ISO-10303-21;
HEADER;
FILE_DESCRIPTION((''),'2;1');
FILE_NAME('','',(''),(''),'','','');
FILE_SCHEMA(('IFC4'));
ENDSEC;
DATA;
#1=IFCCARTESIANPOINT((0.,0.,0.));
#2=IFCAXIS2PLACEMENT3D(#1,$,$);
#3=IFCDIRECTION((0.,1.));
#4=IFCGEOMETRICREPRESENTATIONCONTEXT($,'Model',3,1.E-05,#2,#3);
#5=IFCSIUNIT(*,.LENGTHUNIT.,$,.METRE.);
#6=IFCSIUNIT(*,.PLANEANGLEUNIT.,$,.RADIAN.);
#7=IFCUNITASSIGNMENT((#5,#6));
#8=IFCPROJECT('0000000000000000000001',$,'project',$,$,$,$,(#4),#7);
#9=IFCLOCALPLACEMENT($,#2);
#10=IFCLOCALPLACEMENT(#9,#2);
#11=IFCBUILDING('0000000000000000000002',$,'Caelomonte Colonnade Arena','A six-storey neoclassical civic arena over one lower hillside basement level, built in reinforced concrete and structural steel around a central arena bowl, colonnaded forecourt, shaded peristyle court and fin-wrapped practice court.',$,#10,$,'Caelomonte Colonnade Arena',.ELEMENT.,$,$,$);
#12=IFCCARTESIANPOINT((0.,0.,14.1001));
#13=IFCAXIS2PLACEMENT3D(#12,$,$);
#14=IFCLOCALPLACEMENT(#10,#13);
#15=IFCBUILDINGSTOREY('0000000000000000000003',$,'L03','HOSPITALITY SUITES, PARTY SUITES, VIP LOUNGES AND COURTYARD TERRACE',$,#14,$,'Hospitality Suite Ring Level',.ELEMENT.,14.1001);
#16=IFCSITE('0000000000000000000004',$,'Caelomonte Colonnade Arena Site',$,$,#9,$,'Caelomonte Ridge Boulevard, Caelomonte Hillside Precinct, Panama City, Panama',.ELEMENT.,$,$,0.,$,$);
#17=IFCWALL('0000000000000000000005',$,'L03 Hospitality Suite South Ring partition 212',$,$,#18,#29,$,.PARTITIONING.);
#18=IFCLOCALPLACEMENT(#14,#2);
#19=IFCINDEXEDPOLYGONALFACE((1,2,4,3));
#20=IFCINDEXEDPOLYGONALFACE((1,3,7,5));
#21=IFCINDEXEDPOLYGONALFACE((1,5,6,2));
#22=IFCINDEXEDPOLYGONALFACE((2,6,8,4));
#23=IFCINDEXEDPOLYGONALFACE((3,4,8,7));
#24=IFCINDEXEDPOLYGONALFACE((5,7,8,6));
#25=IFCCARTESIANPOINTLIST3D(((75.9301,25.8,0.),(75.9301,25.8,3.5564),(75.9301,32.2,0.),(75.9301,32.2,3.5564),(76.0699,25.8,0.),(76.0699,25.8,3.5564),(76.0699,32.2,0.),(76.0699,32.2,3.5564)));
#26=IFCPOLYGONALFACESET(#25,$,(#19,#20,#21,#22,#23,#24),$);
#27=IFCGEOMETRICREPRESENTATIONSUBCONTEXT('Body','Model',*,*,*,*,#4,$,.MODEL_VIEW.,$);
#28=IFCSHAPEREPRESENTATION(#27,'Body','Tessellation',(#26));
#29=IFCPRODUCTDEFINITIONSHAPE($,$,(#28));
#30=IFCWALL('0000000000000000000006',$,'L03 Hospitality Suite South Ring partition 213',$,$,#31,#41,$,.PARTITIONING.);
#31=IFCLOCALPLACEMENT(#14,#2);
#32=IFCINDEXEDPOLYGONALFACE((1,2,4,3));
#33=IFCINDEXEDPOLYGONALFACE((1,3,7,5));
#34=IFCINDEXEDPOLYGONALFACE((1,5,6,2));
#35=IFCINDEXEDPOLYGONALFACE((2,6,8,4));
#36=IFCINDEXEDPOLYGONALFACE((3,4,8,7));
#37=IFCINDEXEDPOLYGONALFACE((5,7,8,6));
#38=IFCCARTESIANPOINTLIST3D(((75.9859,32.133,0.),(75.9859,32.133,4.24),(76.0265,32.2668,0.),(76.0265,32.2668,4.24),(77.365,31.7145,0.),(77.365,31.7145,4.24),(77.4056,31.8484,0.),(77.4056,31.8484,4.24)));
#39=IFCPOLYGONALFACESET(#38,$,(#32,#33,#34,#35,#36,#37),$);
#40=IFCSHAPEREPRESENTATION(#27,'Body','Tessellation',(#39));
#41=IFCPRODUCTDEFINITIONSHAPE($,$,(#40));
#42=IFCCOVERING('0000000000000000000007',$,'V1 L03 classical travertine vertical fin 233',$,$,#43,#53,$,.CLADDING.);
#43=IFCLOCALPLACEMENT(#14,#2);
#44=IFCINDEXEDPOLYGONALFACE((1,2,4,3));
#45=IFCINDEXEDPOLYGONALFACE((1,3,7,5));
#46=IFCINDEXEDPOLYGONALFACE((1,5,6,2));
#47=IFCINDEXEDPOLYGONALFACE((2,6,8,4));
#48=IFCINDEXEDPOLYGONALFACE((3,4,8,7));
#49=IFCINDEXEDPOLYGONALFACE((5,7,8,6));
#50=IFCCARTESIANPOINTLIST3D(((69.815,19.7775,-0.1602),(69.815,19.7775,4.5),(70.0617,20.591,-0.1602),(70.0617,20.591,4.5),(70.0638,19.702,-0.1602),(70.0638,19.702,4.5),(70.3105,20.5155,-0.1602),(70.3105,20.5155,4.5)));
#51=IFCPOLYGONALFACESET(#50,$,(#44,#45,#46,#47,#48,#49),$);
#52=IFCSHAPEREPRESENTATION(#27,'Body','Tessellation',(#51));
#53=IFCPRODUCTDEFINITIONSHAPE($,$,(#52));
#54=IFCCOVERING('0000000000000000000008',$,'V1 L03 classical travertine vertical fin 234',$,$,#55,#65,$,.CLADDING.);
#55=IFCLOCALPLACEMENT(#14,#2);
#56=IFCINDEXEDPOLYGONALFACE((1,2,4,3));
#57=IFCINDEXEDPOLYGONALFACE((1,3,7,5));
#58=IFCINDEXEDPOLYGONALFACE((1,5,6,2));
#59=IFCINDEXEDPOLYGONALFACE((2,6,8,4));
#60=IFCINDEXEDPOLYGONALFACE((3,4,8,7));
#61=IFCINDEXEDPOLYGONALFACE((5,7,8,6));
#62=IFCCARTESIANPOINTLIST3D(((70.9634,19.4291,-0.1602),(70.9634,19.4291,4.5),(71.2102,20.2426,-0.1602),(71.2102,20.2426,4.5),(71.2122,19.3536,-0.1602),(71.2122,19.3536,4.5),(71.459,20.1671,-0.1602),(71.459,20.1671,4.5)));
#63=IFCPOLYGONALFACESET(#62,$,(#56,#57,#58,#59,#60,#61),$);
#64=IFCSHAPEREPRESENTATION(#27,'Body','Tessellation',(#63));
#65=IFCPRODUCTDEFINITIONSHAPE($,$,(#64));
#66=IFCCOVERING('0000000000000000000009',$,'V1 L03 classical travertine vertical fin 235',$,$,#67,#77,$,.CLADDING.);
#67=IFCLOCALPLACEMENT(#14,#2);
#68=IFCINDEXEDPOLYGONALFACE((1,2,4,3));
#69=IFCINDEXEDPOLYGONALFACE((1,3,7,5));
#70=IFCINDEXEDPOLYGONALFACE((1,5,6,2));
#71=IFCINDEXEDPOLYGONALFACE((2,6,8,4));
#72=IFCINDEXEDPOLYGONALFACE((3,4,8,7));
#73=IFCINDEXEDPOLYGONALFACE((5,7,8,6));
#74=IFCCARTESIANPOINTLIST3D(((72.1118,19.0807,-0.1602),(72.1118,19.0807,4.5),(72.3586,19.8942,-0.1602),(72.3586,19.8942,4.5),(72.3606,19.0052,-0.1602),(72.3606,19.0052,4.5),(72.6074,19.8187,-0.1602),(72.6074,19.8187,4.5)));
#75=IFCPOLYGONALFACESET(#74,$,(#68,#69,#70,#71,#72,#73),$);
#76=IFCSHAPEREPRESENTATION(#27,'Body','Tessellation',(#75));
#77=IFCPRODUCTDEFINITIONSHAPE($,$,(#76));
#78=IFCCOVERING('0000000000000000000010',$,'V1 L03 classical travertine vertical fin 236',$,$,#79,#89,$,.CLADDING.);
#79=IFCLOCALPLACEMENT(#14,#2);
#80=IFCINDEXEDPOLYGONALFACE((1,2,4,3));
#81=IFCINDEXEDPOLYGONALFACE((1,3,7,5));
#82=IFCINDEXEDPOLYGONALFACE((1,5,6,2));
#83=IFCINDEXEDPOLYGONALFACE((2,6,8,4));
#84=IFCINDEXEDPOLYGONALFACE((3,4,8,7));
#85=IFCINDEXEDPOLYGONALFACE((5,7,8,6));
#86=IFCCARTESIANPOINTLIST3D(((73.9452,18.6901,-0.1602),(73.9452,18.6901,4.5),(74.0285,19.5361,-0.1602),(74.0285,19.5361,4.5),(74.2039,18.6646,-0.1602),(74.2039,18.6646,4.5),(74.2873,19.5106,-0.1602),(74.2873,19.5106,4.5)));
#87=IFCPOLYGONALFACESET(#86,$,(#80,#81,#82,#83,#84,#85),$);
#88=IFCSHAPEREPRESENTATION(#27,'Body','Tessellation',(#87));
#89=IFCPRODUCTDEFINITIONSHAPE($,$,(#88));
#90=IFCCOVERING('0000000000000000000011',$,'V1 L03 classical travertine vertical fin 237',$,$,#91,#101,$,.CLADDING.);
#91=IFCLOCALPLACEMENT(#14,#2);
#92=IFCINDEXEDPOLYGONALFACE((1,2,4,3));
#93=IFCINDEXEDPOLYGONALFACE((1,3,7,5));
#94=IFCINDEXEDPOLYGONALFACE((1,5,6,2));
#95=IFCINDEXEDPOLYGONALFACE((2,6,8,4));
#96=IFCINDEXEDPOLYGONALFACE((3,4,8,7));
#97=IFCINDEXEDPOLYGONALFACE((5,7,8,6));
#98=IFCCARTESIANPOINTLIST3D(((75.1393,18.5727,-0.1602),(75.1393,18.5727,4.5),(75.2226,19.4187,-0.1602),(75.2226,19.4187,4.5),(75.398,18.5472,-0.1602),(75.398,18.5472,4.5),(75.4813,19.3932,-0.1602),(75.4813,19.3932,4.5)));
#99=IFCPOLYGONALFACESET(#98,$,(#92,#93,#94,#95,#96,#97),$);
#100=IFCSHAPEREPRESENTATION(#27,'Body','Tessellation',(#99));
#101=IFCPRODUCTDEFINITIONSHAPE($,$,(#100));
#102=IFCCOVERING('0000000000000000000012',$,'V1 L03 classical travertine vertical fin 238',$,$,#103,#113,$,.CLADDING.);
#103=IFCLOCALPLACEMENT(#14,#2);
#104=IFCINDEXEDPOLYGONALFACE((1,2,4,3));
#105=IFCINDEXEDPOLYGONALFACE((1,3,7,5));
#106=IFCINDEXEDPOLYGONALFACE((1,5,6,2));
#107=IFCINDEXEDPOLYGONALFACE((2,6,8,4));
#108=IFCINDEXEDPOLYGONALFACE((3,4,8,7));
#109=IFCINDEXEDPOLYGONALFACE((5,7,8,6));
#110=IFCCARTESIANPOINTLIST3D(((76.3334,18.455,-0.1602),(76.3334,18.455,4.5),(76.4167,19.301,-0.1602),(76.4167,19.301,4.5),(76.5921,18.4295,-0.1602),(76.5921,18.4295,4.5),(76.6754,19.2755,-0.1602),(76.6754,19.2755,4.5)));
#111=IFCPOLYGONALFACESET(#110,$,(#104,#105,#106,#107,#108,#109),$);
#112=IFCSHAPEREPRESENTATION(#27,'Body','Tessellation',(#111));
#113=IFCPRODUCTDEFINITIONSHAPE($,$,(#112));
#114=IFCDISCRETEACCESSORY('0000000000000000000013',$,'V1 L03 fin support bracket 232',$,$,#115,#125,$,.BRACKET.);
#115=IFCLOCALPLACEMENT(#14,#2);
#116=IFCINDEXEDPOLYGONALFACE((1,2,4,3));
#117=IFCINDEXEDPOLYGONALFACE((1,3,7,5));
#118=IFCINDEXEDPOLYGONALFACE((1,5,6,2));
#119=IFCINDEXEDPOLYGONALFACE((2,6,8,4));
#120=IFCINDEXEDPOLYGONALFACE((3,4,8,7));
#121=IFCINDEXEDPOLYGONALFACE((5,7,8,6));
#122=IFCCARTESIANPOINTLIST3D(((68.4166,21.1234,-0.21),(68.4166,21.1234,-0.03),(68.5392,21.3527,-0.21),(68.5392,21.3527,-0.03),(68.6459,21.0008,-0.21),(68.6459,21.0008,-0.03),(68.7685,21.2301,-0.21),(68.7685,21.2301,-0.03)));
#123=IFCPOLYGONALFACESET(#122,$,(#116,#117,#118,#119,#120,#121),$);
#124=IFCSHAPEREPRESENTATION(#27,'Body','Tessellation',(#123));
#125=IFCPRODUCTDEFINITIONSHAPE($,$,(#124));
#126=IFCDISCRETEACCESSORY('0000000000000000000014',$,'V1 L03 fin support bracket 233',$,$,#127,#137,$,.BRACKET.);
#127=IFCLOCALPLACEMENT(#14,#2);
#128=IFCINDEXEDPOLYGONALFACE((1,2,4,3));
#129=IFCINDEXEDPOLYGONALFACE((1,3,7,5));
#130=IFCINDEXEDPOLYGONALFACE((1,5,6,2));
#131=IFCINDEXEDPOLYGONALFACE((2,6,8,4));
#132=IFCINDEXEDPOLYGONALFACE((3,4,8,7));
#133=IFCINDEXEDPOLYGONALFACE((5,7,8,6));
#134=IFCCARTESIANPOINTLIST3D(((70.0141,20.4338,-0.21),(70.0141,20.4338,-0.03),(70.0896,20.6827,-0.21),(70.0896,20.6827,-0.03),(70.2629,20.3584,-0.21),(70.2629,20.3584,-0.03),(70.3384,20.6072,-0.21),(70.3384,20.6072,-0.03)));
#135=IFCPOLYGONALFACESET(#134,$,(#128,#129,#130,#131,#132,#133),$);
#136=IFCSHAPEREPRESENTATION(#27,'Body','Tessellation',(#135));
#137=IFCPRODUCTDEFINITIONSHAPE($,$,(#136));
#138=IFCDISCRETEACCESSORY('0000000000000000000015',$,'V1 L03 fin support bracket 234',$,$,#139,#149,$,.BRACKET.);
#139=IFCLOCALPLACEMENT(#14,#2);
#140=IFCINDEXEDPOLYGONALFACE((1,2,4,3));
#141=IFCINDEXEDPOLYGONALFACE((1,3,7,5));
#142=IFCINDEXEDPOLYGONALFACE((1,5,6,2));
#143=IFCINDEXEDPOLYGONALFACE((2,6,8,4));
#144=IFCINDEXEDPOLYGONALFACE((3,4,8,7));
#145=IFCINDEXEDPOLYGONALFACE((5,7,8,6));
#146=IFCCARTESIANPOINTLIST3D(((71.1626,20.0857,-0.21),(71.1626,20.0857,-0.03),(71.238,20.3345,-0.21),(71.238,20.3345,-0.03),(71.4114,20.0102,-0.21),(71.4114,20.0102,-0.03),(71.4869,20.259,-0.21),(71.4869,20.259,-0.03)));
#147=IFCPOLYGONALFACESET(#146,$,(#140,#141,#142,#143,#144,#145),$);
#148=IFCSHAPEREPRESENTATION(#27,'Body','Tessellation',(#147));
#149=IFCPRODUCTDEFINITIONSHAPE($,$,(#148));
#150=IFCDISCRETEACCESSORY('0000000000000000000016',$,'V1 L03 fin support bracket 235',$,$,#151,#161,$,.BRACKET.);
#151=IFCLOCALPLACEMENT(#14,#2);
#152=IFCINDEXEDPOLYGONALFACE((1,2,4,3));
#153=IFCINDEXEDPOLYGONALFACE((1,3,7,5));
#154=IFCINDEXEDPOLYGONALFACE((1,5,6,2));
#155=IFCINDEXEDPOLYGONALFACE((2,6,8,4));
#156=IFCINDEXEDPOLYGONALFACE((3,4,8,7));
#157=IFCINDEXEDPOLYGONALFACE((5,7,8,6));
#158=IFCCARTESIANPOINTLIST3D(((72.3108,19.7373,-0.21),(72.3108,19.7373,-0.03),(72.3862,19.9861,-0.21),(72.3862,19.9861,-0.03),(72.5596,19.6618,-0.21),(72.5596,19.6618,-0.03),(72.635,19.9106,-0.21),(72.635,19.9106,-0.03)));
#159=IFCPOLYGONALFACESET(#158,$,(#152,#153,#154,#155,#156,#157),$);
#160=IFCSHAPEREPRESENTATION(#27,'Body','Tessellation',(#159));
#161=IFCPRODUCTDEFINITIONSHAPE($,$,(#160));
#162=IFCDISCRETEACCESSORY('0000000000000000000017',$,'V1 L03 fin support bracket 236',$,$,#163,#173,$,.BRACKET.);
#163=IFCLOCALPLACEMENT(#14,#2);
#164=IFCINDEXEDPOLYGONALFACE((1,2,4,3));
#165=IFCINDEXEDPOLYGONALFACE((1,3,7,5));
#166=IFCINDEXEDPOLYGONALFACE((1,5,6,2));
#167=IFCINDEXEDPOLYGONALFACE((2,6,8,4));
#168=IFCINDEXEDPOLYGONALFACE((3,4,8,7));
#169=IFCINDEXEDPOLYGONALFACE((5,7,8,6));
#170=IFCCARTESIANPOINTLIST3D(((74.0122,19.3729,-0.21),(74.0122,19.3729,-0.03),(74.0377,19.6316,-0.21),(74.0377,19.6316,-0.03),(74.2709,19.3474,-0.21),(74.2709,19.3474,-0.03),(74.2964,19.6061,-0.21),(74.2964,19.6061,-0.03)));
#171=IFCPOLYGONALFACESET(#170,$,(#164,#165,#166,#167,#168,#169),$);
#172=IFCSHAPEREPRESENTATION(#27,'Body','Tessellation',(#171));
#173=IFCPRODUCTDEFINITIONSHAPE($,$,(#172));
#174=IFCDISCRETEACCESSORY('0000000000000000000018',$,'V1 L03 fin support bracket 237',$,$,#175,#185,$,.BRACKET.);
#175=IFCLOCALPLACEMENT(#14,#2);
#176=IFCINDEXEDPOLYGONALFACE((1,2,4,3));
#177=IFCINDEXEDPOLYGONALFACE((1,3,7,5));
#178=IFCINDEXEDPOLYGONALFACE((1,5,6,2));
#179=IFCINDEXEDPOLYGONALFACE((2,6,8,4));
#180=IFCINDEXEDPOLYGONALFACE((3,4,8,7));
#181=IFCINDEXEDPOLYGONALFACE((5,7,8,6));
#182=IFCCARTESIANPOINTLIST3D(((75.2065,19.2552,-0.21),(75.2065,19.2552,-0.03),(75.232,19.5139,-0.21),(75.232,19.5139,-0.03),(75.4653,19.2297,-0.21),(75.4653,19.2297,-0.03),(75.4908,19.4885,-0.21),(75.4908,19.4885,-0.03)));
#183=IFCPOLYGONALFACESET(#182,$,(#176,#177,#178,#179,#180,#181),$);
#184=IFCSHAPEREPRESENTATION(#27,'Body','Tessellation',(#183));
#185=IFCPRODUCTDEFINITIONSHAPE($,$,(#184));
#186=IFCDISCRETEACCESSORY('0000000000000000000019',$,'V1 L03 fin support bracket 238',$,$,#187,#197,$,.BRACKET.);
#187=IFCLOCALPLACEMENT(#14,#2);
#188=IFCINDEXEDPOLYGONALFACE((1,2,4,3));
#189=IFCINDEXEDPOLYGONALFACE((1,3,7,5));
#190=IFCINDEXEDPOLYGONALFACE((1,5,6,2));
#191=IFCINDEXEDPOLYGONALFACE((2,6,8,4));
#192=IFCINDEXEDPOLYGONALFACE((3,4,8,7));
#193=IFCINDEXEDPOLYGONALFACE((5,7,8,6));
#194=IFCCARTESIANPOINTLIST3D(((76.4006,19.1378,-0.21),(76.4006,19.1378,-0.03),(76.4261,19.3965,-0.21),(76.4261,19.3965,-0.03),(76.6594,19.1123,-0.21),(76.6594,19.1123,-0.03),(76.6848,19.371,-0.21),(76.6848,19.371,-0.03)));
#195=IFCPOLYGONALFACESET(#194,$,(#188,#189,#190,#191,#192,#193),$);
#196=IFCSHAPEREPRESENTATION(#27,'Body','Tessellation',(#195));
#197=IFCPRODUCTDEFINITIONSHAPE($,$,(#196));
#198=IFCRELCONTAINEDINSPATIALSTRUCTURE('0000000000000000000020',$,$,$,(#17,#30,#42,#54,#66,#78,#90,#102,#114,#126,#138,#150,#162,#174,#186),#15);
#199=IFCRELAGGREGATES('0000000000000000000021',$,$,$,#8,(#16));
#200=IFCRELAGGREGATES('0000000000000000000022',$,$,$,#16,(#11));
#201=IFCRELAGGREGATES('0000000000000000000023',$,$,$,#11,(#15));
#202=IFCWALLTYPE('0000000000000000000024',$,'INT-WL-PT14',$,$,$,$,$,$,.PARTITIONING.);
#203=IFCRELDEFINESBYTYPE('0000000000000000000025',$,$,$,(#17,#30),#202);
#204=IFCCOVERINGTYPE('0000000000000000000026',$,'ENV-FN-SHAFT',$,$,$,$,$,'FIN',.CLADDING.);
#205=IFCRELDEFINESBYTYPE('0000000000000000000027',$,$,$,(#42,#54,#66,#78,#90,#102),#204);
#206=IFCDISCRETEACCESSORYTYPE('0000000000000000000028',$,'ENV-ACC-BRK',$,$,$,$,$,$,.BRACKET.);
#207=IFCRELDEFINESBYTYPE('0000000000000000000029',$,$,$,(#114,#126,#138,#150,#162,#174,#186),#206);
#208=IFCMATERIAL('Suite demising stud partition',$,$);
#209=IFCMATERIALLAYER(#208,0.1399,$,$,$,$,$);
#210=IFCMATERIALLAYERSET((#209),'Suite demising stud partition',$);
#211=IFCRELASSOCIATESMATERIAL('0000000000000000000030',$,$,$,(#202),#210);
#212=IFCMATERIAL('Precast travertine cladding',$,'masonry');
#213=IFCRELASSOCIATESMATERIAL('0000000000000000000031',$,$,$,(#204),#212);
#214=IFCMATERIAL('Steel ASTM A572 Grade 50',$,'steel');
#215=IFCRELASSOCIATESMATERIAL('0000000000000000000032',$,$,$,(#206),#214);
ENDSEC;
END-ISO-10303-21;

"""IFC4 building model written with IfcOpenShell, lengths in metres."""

from ifc_helpers import new_model, si_unit, direction, frame, frame_2d, origin, origin_2d, place, context, subcontext, project, spatial, rectangle, extrude, material, layer, layer_set, material_profile, profile_set, type_object, element, save


model = new_model("IFC4")

# Units and contexts
model_context = context("Model", 3, precision=1e-05, world=origin(), true_north=direction((0.0, 1.0)))
body_context = subcontext(model_context, "Body", "Model", "MODEL_VIEW")
ifc_project = project(units=[si_unit("LENGTHUNIT", "METRE"), si_unit("PLANEANGLEUNIT", "RADIAN")], contexts=[model_context])

# Site, building, storey
site_placement = place(None, origin())
site = spatial("IfcSite", under=ifc_project, at=site_placement, Name="Caelomonte Colonnade Arena Site", LongName="Caelomonte Ridge Boulevard, Caelomonte Hillside Precinct, Panama City, Panama", CompositionType="ELEMENT", RefElevation=0.0)
building_placement = place(site_placement, origin())
building = spatial("IfcBuilding", under=site, at=building_placement, Name="Caelomonte Colonnade Arena", Description="A six-storey neoclassical civic arena over one lower hillside basement level, built in reinforced concrete and structural steel around a central arena bowl, colonnaded forecourt, shaded peristyle court and fin-wrapped practice court.", LongName="Caelomonte Colonnade Arena", CompositionType="ELEMENT")
storey_placement = place(building_placement, frame((0.0, 0.0, 14.1001)))
storey = spatial("IfcBuildingStorey", under=building, at=storey_placement, Name="L03", Description="HOSPITALITY SUITES, PARTY SUITES, VIP LOUNGES AND COURTYARD TERRACE", LongName="Hospitality Suite Ring Level", CompositionType="ELEMENT", Elevation=14.1001)

# Walls
ifc_material_1 = material(Name="Suite demising stud partition")
ifc_layer_1 = layer(ifc_material_1, 0.1399)
ifc_layer_set_1 = layer_set([ifc_layer_1], Name="Suite demising stud partition")
wall_type = type_object("IfcWallType", Name="INT-WL-PT14", PredefinedType="PARTITIONING", material=ifc_layer_set_1)
wall_1_placement = place(storey_placement, frame((76.0, 25.8, 0.0), z_axis=(0.0, 0.0, 1.0), x_axis=(0.0, 1.0, 0.0)))
element("IfcWall", 1, at=wall_1_placement, inside=storey, type_object=wall_type, Name="L03 Hospitality Suite South Ring partition 212", PredefinedType="PARTITIONING", context=body_context, shape_type="SweptSolid", body=[
    extrude(rectangle(XDim=6.3999, YDim=0.1399, at=frame_2d((3.2, 0.0))), origin(), (0.0, 0.0, 1.0), 3.5564),
])
wall_2_placement = place(storey_placement, frame((76.0061, 32.2, 0.0), z_axis=(0.0, 0.0, 1.0), x_axis=(0.956922, -0.290346, 0.0)))
element("IfcWall", 2, at=wall_2_placement, inside=storey, type_object=wall_type, Name="L03 Hospitality Suite South Ring partition 213", PredefinedType="PARTITIONING", context=body_context, shape_type="SweptSolid", body=[
    extrude(rectangle(XDim=1.4412, YDim=0.1399, at=frame_2d((0.7207, 0.0))), origin(), (0.0, 0.0, 1.0), 4.24),
])

# Coverings
ifc_material_2 = material(Name="Precast travertine cladding", Category="masonry")
ifc_material_profile_1 = material_profile(ifc_material_2, rectangle(XDim=0.26, YDim=0.8501, at=origin_2d()), Name="FIN260X850")
ifc_profile_set_1 = profile_set([ifc_material_profile_1], Name="Precast travertine cladding")
covering_type = type_object("IfcCoveringType", Name="ENV-FN-SHAFT", ElementType="FIN", PredefinedType="CLADDING", material=ifc_profile_set_1)
for number, where, z_axis, x_axis, name in (
    (3, (70.0627, 20.1465, -0.1602), (0.0, 0.0, 1.0), (-0.956943, 0.290276, 0.0), "V1 L03 classical travertine vertical fin 233"),
    (4, (71.2112, 19.7981, -0.1602), (0.0, 0.0, 1.0), (-0.956943, 0.290276, 0.0), "V1 L03 classical travertine vertical fin 234"),
    (5, (72.3596, 19.4497, -0.1602), (0.0, 0.0, 1.0), (-0.956943, 0.290276, 0.0), "V1 L03 classical travertine vertical fin 235"),
    (6, (74.1162, 19.1003, -0.1602), (0.0, 0.0, 1.0), (-0.995185, 0.098015, 0.0), "V1 L03 classical travertine vertical fin 236"),
    (7, (75.3103, 18.9829, -0.1602), (0.0, 0.0, 1.0), (-0.995185, 0.098015, 0.0), "V1 L03 classical travertine vertical fin 237"),
    (8, (76.5044, 18.8652, -0.1602), (0.0, 0.0, 1.0), (-0.995185, 0.098015, 0.0), "V1 L03 classical travertine vertical fin 238"),
):
    element("IfcCovering", number, at=place(storey_placement, frame(where, z_axis=z_axis, x_axis=x_axis)), inside=storey, type_object=covering_type, Name=name, PredefinedType="CLADDING", context=body_context, shape_type="SweptSolid", body=[
        extrude(rectangle(XDim=0.26, YDim=0.8501, at=origin_2d()), origin(), (0.0, 0.0, 1.0), 4.6602),
    ])

# Discrete accessories
ifc_material_3 = material(Name="Steel ASTM A572 Grade 50", Category="steel")
discrete_accessory_type = type_object("IfcDiscreteAccessoryType", Name="ENV-ACC-BRK", PredefinedType="BRACKET", material=ifc_material_3)
for number, where, z_axis, x_axis, name in (
    (9, (68.5925, 21.1768, -0.21), (0.0, 0.0, 1.0), (0.881921, -0.471397, 0.0), "V1 L03 fin support bracket 232"),
    (10, (70.1763, 20.5205, -0.21), (0.0, 0.0, 1.0), (0.956943, -0.290276, 0.0), "V1 L03 fin support bracket 233"),
    (11, (71.3247, 20.1724, -0.21), (0.0, 0.0, 1.0), (0.956943, -0.290276, 0.0), "V1 L03 fin support bracket 234"),
    (12, (72.4729, 19.824, -0.21), (0.0, 0.0, 1.0), (0.956943, -0.290276, 0.0), "V1 L03 fin support bracket 235"),
    (13, (74.1543, 19.4895, -0.21), (0.0, 0.0, 1.0), (0.995185, -0.098015, 0.0), "V1 L03 fin support bracket 236"),
    (14, (75.3486, 19.3718, -0.21), (0.0, 0.0, 1.0), (0.995185, -0.098015, 0.0), "V1 L03 fin support bracket 237"),
    (15, (76.5427, 19.2544, -0.21), (0.0, 0.0, 1.0), (0.995185, -0.098015, 0.0), "V1 L03 fin support bracket 238"),
):
    element("IfcDiscreteAccessory", number, at=place(storey_placement, frame(where, z_axis=z_axis, x_axis=x_axis)), inside=storey, type_object=discrete_accessory_type, Name=name, PredefinedType="BRACKET", context=body_context, shape_type="SweptSolid", body=[
        extrude(rectangle(XDim=0.26, YDim=0.26, at=origin_2d()), origin(), (0.0, 0.0, 1.0), 0.1799),
    ])

save(model, "model.ifc")
